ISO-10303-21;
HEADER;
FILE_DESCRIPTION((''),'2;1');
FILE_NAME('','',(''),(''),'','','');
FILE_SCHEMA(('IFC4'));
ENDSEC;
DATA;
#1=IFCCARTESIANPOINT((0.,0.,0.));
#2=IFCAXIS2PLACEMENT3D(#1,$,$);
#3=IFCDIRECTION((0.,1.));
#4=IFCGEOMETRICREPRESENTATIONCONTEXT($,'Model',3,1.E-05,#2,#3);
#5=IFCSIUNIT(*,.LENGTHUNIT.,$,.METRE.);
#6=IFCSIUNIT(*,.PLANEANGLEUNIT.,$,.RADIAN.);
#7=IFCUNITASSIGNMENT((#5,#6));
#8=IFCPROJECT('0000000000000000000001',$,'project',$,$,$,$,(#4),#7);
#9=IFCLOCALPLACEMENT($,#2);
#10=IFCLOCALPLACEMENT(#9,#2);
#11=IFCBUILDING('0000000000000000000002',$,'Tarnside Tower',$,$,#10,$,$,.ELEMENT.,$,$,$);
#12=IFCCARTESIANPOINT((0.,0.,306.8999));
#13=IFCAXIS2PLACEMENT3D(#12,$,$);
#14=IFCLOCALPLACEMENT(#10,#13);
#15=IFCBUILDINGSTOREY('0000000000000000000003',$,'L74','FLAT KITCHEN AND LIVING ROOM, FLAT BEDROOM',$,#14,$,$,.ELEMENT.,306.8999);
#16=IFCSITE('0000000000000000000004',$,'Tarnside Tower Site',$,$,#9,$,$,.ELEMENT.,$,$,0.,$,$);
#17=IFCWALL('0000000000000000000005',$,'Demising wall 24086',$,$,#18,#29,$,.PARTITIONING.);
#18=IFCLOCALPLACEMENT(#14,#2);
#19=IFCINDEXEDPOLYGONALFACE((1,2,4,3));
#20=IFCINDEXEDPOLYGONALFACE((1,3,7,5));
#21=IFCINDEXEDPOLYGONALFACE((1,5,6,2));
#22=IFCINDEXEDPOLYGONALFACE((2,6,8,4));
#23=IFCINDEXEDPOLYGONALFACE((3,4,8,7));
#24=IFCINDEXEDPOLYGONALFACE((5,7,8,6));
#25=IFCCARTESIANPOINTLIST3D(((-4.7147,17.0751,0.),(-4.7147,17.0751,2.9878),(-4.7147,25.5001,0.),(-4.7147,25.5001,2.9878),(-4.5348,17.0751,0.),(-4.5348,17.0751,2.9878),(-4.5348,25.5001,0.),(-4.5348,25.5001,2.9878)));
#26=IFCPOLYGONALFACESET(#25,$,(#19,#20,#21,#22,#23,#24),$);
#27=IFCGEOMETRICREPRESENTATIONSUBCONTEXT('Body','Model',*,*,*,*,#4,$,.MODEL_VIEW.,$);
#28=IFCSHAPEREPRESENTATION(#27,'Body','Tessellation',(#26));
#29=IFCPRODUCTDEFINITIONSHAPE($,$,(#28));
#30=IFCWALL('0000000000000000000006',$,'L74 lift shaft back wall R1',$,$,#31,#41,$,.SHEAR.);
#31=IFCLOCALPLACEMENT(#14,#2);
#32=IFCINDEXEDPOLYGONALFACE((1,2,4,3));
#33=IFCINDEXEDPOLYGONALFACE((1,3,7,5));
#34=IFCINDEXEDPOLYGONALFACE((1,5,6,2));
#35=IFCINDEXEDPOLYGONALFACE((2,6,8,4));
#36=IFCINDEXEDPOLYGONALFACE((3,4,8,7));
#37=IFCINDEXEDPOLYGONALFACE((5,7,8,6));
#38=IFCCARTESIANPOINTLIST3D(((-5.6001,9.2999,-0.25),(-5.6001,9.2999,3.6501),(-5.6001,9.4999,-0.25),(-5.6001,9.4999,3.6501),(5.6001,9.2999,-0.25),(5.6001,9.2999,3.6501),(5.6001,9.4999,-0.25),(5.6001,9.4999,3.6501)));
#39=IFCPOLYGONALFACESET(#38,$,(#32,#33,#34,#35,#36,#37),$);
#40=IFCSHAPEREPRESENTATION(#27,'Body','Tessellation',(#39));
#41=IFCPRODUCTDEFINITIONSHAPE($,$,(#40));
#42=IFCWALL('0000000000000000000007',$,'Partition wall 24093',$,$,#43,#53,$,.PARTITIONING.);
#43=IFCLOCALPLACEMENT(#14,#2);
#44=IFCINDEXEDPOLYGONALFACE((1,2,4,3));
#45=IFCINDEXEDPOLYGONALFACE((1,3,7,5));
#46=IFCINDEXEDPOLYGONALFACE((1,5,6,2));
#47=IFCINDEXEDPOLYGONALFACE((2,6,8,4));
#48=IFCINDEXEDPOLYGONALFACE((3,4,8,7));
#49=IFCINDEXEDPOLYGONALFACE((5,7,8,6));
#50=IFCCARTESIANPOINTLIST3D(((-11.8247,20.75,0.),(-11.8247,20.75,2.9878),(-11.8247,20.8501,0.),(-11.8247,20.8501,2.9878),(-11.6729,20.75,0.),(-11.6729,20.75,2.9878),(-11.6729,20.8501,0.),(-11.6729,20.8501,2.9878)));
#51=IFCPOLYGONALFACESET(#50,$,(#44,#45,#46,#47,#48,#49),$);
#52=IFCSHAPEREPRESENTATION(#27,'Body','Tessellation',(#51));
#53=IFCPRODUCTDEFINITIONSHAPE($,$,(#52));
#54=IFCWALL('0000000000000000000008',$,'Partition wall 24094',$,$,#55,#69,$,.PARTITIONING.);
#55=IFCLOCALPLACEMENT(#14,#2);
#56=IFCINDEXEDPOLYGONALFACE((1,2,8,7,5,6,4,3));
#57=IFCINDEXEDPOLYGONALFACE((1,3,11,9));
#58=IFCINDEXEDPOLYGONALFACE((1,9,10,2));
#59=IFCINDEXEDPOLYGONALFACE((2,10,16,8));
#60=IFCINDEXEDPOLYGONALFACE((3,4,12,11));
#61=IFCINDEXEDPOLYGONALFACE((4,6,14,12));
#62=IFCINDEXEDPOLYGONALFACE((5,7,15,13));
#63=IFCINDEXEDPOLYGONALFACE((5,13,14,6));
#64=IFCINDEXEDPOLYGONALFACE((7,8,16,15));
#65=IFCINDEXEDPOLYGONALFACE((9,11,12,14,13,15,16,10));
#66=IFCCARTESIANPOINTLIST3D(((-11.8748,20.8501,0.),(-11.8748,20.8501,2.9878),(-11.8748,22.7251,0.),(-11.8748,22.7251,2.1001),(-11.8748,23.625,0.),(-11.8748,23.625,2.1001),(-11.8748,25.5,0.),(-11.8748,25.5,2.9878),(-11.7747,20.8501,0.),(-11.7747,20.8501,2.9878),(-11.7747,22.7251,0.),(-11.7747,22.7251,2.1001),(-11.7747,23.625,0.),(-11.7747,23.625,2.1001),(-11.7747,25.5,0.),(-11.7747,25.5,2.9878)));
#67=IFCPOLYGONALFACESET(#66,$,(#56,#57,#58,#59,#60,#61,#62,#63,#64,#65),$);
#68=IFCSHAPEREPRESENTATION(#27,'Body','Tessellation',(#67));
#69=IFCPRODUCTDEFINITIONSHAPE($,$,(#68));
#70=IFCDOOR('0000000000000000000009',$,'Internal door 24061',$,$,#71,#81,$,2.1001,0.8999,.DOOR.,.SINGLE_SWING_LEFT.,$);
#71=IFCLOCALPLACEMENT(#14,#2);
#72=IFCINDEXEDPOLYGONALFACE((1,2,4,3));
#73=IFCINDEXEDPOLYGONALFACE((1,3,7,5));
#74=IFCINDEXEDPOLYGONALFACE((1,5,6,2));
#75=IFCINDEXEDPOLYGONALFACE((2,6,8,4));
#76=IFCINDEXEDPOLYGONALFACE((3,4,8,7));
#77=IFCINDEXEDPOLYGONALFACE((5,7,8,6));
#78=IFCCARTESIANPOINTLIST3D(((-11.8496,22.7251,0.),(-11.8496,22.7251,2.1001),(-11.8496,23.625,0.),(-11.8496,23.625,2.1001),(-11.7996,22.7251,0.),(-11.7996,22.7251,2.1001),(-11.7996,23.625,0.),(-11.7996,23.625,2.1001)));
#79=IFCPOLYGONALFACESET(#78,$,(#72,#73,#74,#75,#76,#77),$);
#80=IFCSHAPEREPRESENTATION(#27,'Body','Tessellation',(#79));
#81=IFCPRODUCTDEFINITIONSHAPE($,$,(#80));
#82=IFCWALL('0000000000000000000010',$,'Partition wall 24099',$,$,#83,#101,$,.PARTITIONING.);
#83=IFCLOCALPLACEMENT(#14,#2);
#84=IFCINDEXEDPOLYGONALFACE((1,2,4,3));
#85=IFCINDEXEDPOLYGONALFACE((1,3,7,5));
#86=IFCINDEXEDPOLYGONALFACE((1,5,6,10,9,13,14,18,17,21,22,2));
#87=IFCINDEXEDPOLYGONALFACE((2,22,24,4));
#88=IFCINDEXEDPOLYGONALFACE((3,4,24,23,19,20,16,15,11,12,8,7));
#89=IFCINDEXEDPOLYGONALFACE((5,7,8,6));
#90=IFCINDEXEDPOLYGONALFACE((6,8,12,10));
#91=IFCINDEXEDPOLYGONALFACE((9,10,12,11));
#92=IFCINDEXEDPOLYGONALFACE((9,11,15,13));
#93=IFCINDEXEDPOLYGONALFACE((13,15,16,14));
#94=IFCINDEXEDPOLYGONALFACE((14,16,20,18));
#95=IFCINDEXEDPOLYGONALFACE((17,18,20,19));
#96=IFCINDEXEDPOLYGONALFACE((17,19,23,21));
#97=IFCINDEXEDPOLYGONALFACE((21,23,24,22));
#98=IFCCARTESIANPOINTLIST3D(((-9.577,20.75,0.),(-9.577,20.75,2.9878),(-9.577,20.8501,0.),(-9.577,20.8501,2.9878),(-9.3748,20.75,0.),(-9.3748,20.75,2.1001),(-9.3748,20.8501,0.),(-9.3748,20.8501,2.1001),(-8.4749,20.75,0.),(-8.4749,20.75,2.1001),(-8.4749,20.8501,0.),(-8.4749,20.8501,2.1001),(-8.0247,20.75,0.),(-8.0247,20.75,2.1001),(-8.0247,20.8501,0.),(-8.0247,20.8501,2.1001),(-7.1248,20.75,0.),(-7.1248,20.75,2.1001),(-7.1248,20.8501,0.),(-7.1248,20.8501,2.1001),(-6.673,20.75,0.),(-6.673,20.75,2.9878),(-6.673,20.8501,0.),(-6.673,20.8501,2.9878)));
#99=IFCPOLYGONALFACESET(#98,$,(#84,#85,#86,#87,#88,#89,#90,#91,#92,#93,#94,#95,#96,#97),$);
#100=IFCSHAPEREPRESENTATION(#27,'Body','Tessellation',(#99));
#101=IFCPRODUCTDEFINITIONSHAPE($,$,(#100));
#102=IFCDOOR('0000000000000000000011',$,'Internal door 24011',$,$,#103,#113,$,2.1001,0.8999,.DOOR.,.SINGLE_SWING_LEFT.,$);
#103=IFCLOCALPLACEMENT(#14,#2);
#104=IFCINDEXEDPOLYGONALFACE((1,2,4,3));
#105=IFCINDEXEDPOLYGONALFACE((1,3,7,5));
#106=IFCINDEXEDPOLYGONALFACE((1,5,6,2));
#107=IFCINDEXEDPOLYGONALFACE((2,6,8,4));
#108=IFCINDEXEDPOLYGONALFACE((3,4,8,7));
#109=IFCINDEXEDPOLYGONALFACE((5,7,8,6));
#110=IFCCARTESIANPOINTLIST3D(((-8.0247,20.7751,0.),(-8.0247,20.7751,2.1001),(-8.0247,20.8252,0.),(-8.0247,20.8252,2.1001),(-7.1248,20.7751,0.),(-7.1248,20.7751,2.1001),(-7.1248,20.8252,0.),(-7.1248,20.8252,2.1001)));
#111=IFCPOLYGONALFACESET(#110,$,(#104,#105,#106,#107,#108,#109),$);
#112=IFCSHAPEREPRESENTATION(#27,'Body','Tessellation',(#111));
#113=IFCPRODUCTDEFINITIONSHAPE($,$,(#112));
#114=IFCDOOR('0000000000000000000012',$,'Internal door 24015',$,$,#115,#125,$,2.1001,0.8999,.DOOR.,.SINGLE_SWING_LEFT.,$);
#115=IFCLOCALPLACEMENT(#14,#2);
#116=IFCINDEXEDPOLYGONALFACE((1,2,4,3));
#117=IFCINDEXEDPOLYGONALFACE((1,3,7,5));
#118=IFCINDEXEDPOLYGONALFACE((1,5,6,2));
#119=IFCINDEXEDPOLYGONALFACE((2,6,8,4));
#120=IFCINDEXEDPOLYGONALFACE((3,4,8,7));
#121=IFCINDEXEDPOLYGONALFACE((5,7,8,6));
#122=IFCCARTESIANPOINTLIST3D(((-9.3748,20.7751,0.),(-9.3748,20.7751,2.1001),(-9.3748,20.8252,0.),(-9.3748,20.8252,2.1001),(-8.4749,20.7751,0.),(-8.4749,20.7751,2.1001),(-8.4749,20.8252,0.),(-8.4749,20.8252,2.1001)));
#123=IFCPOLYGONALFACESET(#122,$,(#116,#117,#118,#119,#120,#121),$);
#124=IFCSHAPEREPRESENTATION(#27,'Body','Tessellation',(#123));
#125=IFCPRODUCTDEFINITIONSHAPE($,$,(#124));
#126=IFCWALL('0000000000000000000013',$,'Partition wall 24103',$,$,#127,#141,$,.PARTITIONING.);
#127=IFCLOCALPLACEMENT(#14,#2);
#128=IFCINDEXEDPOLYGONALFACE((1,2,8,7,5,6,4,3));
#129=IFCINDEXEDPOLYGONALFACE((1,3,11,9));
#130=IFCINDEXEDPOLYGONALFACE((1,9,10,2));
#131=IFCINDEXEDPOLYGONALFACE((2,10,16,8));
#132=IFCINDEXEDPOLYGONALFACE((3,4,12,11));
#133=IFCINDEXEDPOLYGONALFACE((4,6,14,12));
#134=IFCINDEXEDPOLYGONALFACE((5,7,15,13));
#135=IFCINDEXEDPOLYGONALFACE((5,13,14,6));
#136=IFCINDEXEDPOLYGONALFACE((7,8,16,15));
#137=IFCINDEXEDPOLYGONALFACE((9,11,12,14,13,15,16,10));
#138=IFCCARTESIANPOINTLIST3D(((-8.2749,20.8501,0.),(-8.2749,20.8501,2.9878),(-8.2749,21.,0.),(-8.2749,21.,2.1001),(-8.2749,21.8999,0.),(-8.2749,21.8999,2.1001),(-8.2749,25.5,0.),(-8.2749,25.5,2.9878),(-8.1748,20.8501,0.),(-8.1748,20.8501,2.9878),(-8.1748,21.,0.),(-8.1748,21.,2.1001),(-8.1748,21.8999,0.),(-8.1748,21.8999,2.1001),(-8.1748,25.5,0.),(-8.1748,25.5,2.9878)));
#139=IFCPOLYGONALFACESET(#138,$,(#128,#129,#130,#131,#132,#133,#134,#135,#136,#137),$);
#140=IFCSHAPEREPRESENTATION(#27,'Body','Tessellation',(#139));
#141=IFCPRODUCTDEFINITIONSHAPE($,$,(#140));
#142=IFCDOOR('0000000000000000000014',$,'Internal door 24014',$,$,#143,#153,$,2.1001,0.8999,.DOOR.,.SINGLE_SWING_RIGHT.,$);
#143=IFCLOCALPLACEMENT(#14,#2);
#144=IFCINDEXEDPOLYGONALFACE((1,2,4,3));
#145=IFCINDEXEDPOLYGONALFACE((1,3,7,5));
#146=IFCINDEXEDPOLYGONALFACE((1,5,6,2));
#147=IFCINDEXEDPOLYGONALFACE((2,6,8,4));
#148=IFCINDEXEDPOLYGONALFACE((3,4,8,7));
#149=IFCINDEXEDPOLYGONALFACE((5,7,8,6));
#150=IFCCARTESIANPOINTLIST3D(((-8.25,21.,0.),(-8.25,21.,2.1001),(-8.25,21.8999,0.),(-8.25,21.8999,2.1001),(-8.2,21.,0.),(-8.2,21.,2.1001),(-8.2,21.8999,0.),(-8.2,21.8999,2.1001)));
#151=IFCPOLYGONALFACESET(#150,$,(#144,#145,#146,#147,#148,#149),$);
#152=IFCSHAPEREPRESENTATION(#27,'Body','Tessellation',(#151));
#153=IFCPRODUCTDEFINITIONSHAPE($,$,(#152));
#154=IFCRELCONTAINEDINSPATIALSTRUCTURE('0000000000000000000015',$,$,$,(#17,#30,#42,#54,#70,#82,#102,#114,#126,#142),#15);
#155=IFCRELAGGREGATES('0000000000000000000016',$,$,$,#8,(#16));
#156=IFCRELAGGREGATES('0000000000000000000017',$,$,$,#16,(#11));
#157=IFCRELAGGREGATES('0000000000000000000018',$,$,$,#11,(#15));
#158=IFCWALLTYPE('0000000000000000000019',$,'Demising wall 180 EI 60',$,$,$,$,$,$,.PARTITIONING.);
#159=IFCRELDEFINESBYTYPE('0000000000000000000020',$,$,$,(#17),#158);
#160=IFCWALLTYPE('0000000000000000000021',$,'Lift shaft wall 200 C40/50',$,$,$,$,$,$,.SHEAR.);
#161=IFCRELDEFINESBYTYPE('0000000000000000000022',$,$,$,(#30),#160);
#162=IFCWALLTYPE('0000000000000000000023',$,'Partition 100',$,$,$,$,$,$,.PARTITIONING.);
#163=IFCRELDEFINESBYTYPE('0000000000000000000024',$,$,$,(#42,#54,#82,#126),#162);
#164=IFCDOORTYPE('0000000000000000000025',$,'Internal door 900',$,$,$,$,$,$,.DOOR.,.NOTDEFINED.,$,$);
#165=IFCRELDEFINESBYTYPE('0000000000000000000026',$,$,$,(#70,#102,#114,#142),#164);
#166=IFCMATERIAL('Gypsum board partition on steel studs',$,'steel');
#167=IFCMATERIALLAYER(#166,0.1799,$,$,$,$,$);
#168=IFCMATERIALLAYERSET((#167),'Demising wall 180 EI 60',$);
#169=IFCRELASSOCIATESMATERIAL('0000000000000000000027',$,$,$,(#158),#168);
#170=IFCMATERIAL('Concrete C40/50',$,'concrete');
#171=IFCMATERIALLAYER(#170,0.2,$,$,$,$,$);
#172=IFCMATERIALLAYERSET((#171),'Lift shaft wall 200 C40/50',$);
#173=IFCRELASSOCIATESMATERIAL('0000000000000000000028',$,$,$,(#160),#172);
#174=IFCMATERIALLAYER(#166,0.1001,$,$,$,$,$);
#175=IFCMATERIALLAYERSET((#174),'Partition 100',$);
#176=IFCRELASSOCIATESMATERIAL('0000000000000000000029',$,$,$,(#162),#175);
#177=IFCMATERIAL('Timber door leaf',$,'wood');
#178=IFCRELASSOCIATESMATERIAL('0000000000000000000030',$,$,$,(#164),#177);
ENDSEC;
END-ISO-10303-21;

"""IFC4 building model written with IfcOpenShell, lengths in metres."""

from ifc_helpers import new_model, si_unit, direction, frame, frame_2d, origin, place, context, subcontext, project, spatial, rectangle, extrude, material, layer, layer_set, type_object, element, fill, save


model = new_model("IFC4")

# Units and contexts
model_context = context("Model", 3, precision=1e-05, world=origin(), true_north=direction((0.0, 1.0)))
body_context = subcontext(model_context, "Body", "Model", "MODEL_VIEW")
ifc_project = project(units=[si_unit("LENGTHUNIT", "METRE"), si_unit("PLANEANGLEUNIT", "RADIAN")], contexts=[model_context])

# Site, building, storey
site_placement = place(None, origin())
site = spatial("IfcSite", under=ifc_project, at=site_placement, Name="Tarnside Tower Site", CompositionType="ELEMENT", RefElevation=0.0)
building_placement = place(site_placement, origin())
building = spatial("IfcBuilding", under=site, at=building_placement, Name="Tarnside Tower", CompositionType="ELEMENT")
storey_placement = place(building_placement, frame((0.0, 0.0, 306.8999)))
storey = spatial("IfcBuildingStorey", under=building, at=storey_placement, Name="L74", Description="FLAT KITCHEN AND LIVING ROOM, FLAT BEDROOM", CompositionType="ELEMENT", Elevation=306.8999)

# Shared definitions
ifc_material_1 = material(Name="Gypsum board partition on steel studs", Category="steel")

# Shared definitions
ifc_material_2 = material(Name="Timber door leaf", Category="wood")

# Walls
ifc_layer_1 = layer(ifc_material_1, 0.1799)
ifc_layer_set_1 = layer_set([ifc_layer_1], Name="Demising wall 180 EI 60")
wall_type_1 = type_object("IfcWallType", Name="Demising wall 180 EI 60", PredefinedType="PARTITIONING", material=ifc_layer_set_1)
wall_1_placement = place(storey_placement, frame((-4.6248, 25.5, 0.0), z_axis=(0.0, 0.0, 1.0), x_axis=(0.0, -1.0, 0.0)))
element("IfcWall", 1, at=wall_1_placement, inside=storey, type_object=wall_type_1, Name="Demising wall 24086", PredefinedType="PARTITIONING", context=body_context, shape_type="SweptSolid", body=[
    extrude(rectangle(XDim=8.425, YDim=0.1799, at=frame_2d((4.2124, 0.0))), origin(), (0.0, 0.0, 1.0), 2.9878),
])
ifc_material_3 = material(Name="Concrete C40/50", Category="concrete")
ifc_layer_2 = layer(ifc_material_3, 0.2)
ifc_layer_set_2 = layer_set([ifc_layer_2], Name="Lift shaft wall 200 C40/50")
wall_type_2 = type_object("IfcWallType", Name="Lift shaft wall 200 C40/50", PredefinedType="SHEAR", material=ifc_layer_set_2)
wall_2_placement = place(storey_placement, frame((-5.6001, 9.3999, -0.25), z_axis=(0.0, 0.0, 1.0), x_axis=(1.0, 0.0, 0.0)))
element("IfcWall", 2, at=wall_2_placement, inside=storey, type_object=wall_type_2, Name="L74 lift shaft back wall R1", PredefinedType="SHEAR", context=body_context, shape_type="SweptSolid", body=[
    extrude(rectangle(XDim=11.2002, YDim=0.2, at=frame_2d((5.6001, 0.0))), origin(), (0.0, 0.0, 1.0), 3.9001),
])
ifc_layer_3 = layer(ifc_material_1, 0.1001)
ifc_layer_set_3 = layer_set([ifc_layer_3], Name="Partition 100")
wall_type_3 = type_object("IfcWallType", Name="Partition 100", PredefinedType="PARTITIONING", material=ifc_layer_set_3)
wall_3_placement = place(storey_placement, frame((-11.6729, 20.8, 0.0), z_axis=(0.0, 0.0, 1.0), x_axis=(-1.0, 0.0, 0.0)))
element("IfcWall", 3, at=wall_3_placement, inside=storey, type_object=wall_type_3, Name="Partition wall 24093", PredefinedType="PARTITIONING", context=body_context, shape_type="SweptSolid", body=[
    extrude(rectangle(XDim=0.1519, YDim=0.1001, at=frame_2d((0.0759, 0.0))), origin(), (0.0, 0.0, 1.0), 2.9878),
])

# Wall, opening, door
wall_4_placement = place(storey_placement, frame((-11.8247, 20.8501, 0.0), z_axis=(0.0, 0.0, 1.0), x_axis=(0.0, 1.0, 0.0)))
wall_4 = element("IfcWall", 4, at=wall_4_placement, inside=storey, type_object=wall_type_3, Name="Partition wall 24094", PredefinedType="PARTITIONING", context=body_context, shape_type="SweptSolid", body=[
    extrude(rectangle(XDim=4.6499, YDim=0.1001, at=frame_2d((2.325, 0.0))), origin(), (0.0, 0.0, 1.0), 2.9878),
])
opening_1_placement = place(wall_4_placement, frame((1.875, 0.0, 0.0)))
opening_1 = element("IfcOpeningElement", 5, at=opening_1_placement, cuts=wall_4, PredefinedType="OPENING", context=body_context, shape_type="SweptSolid", body=[
    extrude(rectangle(XDim=0.8999, YDim=2.1001, at=frame_2d((0.45, 1.05))), frame((0.0, 0.0601, 0.0), z_axis=(0.0, -1.0, 0.0), x_axis=(1.0, 0.0, 0.0)), (0.0, 0.0, 1.0), 0.1201),
])
door_type_1 = type_object("IfcDoorType", Name="Internal door 900", OperationType="NOTDEFINED", PredefinedType="DOOR", material=ifc_material_2)
door_1_placement = place(opening_1_placement, origin())
door_1 = element("IfcDoor", 6, at=door_1_placement, inside=storey, type_object=door_type_1, Name="Internal door 24061", OperationType="SINGLE_SWING_LEFT", OverallHeight=2.1001, OverallWidth=0.8999, PredefinedType="DOOR", context=body_context, shape_type="SweptSolid", body=[
    extrude(rectangle(XDim=0.8999, YDim=2.1001, at=frame_2d((0.45, 1.05))), frame((0.0, 0.0249, 0.0), z_axis=(0.0, -1.0, 0.0), x_axis=(1.0, 0.0, 0.0)), (0.0, 0.0, 1.0), 0.05),
])
fill(opening_1, door_1)

# Wall, openings, doors
wall_5_placement = place(storey_placement, frame((-6.6729, 20.8, 0.0), z_axis=(0.0, 0.0, 1.0), x_axis=(-1.0, 0.0, 0.0)))
wall_5 = element("IfcWall", 7, at=wall_5_placement, inside=storey, type_object=wall_type_3, Name="Partition wall 24099", PredefinedType="PARTITIONING", context=body_context, shape_type="SweptSolid", body=[
    extrude(rectangle(XDim=2.9041, YDim=0.1001, at=frame_2d((1.4521, 0.0))), origin(), (0.0, 0.0, 1.0), 2.9878),
])
opening_2_placement = place(wall_5_placement, frame((0.4519, 0.0, 0.0)))
opening_2 = element("IfcOpeningElement", 8, at=opening_2_placement, cuts=wall_5, PredefinedType="OPENING", context=body_context, shape_type="SweptSolid", body=[
    extrude(rectangle(XDim=0.8999, YDim=2.1001, at=frame_2d((0.45, 1.05))), frame((0.0, 0.0601, 0.0), z_axis=(0.0, -1.0, 0.0), x_axis=(1.0, 0.0, 0.0)), (0.0, 0.0, 1.0), 0.1201),
])
opening_3_placement = place(wall_5_placement, frame((1.802, 0.0, 0.0)))
opening_3 = element("IfcOpeningElement", 9, at=opening_3_placement, cuts=wall_5, PredefinedType="OPENING", context=body_context, shape_type="SweptSolid", body=[
    extrude(rectangle(XDim=0.8999, YDim=2.1001, at=frame_2d((0.45, 1.05))), frame((0.0, 0.0601, 0.0), z_axis=(0.0, -1.0, 0.0), x_axis=(1.0, 0.0, 0.0)), (0.0, 0.0, 1.0), 0.1201),
])
door_2_placement = place(opening_2_placement, origin())
door_2 = element("IfcDoor", 10, at=door_2_placement, inside=storey, type_object=door_type_1, Name="Internal door 24011", OperationType="SINGLE_SWING_LEFT", OverallHeight=2.1001, OverallWidth=0.8999, PredefinedType="DOOR", context=body_context, shape_type="SweptSolid", body=[
    extrude(rectangle(XDim=0.8999, YDim=2.1001, at=frame_2d((0.45, 1.05))), frame((0.0, 0.0249, 0.0), z_axis=(0.0, -1.0, 0.0), x_axis=(1.0, 0.0, 0.0)), (0.0, 0.0, 1.0), 0.05),
])
fill(opening_2, door_2)
door_3_placement = place(opening_3_placement, origin())
door_3 = element("IfcDoor", 11, at=door_3_placement, inside=storey, type_object=door_type_1, Name="Internal door 24015", OperationType="SINGLE_SWING_LEFT", OverallHeight=2.1001, OverallWidth=0.8999, PredefinedType="DOOR", context=body_context, shape_type="SweptSolid", body=[
    extrude(rectangle(XDim=0.8999, YDim=2.1001, at=frame_2d((0.45, 1.05))), frame((0.0, 0.0249, 0.0), z_axis=(0.0, -1.0, 0.0), x_axis=(1.0, 0.0, 0.0)), (0.0, 0.0, 1.0), 0.05),
])
fill(opening_3, door_3)

# Wall, opening, door
wall_6_placement = place(storey_placement, frame((-8.2249, 25.5, 0.0), z_axis=(0.0, 0.0, 1.0), x_axis=(0.0, -1.0, 0.0)))
wall_6 = element("IfcWall", 12, at=wall_6_placement, inside=storey, type_object=wall_type_3, Name="Partition wall 24103", PredefinedType="PARTITIONING", context=body_context, shape_type="SweptSolid", body=[
    extrude(rectangle(XDim=4.6499, YDim=0.1001, at=frame_2d((2.325, 0.0))), origin(), (0.0, 0.0, 1.0), 2.9878),
])
opening_4_placement = place(wall_6_placement, frame((3.6001, 0.0, 0.0)))
opening_4 = element("IfcOpeningElement", 13, at=opening_4_placement, cuts=wall_6, PredefinedType="OPENING", context=body_context, shape_type="SweptSolid", body=[
    extrude(rectangle(XDim=0.8999, YDim=2.1001, at=frame_2d((0.45, 1.05))), frame((0.0, 0.0601, 0.0), z_axis=(0.0, -1.0, 0.0), x_axis=(1.0, 0.0, 0.0)), (0.0, 0.0, 1.0), 0.1201),
])
door_4_placement = place(opening_4_placement, origin())
door_4 = element("IfcDoor", 14, at=door_4_placement, inside=storey, type_object=door_type_1, Name="Internal door 24014", OperationType="SINGLE_SWING_RIGHT", OverallHeight=2.1001, OverallWidth=0.8999, PredefinedType="DOOR", context=body_context, shape_type="SweptSolid", body=[
    extrude(rectangle(XDim=0.8999, YDim=2.1001, at=frame_2d((0.45, 1.05))), frame((0.0, 0.0249, 0.0), z_axis=(0.0, -1.0, 0.0), x_axis=(1.0, 0.0, 0.0)), (0.0, 0.0, 1.0), 0.05),
])
fill(opening_4, door_4)

save(model, "model.ifc")
